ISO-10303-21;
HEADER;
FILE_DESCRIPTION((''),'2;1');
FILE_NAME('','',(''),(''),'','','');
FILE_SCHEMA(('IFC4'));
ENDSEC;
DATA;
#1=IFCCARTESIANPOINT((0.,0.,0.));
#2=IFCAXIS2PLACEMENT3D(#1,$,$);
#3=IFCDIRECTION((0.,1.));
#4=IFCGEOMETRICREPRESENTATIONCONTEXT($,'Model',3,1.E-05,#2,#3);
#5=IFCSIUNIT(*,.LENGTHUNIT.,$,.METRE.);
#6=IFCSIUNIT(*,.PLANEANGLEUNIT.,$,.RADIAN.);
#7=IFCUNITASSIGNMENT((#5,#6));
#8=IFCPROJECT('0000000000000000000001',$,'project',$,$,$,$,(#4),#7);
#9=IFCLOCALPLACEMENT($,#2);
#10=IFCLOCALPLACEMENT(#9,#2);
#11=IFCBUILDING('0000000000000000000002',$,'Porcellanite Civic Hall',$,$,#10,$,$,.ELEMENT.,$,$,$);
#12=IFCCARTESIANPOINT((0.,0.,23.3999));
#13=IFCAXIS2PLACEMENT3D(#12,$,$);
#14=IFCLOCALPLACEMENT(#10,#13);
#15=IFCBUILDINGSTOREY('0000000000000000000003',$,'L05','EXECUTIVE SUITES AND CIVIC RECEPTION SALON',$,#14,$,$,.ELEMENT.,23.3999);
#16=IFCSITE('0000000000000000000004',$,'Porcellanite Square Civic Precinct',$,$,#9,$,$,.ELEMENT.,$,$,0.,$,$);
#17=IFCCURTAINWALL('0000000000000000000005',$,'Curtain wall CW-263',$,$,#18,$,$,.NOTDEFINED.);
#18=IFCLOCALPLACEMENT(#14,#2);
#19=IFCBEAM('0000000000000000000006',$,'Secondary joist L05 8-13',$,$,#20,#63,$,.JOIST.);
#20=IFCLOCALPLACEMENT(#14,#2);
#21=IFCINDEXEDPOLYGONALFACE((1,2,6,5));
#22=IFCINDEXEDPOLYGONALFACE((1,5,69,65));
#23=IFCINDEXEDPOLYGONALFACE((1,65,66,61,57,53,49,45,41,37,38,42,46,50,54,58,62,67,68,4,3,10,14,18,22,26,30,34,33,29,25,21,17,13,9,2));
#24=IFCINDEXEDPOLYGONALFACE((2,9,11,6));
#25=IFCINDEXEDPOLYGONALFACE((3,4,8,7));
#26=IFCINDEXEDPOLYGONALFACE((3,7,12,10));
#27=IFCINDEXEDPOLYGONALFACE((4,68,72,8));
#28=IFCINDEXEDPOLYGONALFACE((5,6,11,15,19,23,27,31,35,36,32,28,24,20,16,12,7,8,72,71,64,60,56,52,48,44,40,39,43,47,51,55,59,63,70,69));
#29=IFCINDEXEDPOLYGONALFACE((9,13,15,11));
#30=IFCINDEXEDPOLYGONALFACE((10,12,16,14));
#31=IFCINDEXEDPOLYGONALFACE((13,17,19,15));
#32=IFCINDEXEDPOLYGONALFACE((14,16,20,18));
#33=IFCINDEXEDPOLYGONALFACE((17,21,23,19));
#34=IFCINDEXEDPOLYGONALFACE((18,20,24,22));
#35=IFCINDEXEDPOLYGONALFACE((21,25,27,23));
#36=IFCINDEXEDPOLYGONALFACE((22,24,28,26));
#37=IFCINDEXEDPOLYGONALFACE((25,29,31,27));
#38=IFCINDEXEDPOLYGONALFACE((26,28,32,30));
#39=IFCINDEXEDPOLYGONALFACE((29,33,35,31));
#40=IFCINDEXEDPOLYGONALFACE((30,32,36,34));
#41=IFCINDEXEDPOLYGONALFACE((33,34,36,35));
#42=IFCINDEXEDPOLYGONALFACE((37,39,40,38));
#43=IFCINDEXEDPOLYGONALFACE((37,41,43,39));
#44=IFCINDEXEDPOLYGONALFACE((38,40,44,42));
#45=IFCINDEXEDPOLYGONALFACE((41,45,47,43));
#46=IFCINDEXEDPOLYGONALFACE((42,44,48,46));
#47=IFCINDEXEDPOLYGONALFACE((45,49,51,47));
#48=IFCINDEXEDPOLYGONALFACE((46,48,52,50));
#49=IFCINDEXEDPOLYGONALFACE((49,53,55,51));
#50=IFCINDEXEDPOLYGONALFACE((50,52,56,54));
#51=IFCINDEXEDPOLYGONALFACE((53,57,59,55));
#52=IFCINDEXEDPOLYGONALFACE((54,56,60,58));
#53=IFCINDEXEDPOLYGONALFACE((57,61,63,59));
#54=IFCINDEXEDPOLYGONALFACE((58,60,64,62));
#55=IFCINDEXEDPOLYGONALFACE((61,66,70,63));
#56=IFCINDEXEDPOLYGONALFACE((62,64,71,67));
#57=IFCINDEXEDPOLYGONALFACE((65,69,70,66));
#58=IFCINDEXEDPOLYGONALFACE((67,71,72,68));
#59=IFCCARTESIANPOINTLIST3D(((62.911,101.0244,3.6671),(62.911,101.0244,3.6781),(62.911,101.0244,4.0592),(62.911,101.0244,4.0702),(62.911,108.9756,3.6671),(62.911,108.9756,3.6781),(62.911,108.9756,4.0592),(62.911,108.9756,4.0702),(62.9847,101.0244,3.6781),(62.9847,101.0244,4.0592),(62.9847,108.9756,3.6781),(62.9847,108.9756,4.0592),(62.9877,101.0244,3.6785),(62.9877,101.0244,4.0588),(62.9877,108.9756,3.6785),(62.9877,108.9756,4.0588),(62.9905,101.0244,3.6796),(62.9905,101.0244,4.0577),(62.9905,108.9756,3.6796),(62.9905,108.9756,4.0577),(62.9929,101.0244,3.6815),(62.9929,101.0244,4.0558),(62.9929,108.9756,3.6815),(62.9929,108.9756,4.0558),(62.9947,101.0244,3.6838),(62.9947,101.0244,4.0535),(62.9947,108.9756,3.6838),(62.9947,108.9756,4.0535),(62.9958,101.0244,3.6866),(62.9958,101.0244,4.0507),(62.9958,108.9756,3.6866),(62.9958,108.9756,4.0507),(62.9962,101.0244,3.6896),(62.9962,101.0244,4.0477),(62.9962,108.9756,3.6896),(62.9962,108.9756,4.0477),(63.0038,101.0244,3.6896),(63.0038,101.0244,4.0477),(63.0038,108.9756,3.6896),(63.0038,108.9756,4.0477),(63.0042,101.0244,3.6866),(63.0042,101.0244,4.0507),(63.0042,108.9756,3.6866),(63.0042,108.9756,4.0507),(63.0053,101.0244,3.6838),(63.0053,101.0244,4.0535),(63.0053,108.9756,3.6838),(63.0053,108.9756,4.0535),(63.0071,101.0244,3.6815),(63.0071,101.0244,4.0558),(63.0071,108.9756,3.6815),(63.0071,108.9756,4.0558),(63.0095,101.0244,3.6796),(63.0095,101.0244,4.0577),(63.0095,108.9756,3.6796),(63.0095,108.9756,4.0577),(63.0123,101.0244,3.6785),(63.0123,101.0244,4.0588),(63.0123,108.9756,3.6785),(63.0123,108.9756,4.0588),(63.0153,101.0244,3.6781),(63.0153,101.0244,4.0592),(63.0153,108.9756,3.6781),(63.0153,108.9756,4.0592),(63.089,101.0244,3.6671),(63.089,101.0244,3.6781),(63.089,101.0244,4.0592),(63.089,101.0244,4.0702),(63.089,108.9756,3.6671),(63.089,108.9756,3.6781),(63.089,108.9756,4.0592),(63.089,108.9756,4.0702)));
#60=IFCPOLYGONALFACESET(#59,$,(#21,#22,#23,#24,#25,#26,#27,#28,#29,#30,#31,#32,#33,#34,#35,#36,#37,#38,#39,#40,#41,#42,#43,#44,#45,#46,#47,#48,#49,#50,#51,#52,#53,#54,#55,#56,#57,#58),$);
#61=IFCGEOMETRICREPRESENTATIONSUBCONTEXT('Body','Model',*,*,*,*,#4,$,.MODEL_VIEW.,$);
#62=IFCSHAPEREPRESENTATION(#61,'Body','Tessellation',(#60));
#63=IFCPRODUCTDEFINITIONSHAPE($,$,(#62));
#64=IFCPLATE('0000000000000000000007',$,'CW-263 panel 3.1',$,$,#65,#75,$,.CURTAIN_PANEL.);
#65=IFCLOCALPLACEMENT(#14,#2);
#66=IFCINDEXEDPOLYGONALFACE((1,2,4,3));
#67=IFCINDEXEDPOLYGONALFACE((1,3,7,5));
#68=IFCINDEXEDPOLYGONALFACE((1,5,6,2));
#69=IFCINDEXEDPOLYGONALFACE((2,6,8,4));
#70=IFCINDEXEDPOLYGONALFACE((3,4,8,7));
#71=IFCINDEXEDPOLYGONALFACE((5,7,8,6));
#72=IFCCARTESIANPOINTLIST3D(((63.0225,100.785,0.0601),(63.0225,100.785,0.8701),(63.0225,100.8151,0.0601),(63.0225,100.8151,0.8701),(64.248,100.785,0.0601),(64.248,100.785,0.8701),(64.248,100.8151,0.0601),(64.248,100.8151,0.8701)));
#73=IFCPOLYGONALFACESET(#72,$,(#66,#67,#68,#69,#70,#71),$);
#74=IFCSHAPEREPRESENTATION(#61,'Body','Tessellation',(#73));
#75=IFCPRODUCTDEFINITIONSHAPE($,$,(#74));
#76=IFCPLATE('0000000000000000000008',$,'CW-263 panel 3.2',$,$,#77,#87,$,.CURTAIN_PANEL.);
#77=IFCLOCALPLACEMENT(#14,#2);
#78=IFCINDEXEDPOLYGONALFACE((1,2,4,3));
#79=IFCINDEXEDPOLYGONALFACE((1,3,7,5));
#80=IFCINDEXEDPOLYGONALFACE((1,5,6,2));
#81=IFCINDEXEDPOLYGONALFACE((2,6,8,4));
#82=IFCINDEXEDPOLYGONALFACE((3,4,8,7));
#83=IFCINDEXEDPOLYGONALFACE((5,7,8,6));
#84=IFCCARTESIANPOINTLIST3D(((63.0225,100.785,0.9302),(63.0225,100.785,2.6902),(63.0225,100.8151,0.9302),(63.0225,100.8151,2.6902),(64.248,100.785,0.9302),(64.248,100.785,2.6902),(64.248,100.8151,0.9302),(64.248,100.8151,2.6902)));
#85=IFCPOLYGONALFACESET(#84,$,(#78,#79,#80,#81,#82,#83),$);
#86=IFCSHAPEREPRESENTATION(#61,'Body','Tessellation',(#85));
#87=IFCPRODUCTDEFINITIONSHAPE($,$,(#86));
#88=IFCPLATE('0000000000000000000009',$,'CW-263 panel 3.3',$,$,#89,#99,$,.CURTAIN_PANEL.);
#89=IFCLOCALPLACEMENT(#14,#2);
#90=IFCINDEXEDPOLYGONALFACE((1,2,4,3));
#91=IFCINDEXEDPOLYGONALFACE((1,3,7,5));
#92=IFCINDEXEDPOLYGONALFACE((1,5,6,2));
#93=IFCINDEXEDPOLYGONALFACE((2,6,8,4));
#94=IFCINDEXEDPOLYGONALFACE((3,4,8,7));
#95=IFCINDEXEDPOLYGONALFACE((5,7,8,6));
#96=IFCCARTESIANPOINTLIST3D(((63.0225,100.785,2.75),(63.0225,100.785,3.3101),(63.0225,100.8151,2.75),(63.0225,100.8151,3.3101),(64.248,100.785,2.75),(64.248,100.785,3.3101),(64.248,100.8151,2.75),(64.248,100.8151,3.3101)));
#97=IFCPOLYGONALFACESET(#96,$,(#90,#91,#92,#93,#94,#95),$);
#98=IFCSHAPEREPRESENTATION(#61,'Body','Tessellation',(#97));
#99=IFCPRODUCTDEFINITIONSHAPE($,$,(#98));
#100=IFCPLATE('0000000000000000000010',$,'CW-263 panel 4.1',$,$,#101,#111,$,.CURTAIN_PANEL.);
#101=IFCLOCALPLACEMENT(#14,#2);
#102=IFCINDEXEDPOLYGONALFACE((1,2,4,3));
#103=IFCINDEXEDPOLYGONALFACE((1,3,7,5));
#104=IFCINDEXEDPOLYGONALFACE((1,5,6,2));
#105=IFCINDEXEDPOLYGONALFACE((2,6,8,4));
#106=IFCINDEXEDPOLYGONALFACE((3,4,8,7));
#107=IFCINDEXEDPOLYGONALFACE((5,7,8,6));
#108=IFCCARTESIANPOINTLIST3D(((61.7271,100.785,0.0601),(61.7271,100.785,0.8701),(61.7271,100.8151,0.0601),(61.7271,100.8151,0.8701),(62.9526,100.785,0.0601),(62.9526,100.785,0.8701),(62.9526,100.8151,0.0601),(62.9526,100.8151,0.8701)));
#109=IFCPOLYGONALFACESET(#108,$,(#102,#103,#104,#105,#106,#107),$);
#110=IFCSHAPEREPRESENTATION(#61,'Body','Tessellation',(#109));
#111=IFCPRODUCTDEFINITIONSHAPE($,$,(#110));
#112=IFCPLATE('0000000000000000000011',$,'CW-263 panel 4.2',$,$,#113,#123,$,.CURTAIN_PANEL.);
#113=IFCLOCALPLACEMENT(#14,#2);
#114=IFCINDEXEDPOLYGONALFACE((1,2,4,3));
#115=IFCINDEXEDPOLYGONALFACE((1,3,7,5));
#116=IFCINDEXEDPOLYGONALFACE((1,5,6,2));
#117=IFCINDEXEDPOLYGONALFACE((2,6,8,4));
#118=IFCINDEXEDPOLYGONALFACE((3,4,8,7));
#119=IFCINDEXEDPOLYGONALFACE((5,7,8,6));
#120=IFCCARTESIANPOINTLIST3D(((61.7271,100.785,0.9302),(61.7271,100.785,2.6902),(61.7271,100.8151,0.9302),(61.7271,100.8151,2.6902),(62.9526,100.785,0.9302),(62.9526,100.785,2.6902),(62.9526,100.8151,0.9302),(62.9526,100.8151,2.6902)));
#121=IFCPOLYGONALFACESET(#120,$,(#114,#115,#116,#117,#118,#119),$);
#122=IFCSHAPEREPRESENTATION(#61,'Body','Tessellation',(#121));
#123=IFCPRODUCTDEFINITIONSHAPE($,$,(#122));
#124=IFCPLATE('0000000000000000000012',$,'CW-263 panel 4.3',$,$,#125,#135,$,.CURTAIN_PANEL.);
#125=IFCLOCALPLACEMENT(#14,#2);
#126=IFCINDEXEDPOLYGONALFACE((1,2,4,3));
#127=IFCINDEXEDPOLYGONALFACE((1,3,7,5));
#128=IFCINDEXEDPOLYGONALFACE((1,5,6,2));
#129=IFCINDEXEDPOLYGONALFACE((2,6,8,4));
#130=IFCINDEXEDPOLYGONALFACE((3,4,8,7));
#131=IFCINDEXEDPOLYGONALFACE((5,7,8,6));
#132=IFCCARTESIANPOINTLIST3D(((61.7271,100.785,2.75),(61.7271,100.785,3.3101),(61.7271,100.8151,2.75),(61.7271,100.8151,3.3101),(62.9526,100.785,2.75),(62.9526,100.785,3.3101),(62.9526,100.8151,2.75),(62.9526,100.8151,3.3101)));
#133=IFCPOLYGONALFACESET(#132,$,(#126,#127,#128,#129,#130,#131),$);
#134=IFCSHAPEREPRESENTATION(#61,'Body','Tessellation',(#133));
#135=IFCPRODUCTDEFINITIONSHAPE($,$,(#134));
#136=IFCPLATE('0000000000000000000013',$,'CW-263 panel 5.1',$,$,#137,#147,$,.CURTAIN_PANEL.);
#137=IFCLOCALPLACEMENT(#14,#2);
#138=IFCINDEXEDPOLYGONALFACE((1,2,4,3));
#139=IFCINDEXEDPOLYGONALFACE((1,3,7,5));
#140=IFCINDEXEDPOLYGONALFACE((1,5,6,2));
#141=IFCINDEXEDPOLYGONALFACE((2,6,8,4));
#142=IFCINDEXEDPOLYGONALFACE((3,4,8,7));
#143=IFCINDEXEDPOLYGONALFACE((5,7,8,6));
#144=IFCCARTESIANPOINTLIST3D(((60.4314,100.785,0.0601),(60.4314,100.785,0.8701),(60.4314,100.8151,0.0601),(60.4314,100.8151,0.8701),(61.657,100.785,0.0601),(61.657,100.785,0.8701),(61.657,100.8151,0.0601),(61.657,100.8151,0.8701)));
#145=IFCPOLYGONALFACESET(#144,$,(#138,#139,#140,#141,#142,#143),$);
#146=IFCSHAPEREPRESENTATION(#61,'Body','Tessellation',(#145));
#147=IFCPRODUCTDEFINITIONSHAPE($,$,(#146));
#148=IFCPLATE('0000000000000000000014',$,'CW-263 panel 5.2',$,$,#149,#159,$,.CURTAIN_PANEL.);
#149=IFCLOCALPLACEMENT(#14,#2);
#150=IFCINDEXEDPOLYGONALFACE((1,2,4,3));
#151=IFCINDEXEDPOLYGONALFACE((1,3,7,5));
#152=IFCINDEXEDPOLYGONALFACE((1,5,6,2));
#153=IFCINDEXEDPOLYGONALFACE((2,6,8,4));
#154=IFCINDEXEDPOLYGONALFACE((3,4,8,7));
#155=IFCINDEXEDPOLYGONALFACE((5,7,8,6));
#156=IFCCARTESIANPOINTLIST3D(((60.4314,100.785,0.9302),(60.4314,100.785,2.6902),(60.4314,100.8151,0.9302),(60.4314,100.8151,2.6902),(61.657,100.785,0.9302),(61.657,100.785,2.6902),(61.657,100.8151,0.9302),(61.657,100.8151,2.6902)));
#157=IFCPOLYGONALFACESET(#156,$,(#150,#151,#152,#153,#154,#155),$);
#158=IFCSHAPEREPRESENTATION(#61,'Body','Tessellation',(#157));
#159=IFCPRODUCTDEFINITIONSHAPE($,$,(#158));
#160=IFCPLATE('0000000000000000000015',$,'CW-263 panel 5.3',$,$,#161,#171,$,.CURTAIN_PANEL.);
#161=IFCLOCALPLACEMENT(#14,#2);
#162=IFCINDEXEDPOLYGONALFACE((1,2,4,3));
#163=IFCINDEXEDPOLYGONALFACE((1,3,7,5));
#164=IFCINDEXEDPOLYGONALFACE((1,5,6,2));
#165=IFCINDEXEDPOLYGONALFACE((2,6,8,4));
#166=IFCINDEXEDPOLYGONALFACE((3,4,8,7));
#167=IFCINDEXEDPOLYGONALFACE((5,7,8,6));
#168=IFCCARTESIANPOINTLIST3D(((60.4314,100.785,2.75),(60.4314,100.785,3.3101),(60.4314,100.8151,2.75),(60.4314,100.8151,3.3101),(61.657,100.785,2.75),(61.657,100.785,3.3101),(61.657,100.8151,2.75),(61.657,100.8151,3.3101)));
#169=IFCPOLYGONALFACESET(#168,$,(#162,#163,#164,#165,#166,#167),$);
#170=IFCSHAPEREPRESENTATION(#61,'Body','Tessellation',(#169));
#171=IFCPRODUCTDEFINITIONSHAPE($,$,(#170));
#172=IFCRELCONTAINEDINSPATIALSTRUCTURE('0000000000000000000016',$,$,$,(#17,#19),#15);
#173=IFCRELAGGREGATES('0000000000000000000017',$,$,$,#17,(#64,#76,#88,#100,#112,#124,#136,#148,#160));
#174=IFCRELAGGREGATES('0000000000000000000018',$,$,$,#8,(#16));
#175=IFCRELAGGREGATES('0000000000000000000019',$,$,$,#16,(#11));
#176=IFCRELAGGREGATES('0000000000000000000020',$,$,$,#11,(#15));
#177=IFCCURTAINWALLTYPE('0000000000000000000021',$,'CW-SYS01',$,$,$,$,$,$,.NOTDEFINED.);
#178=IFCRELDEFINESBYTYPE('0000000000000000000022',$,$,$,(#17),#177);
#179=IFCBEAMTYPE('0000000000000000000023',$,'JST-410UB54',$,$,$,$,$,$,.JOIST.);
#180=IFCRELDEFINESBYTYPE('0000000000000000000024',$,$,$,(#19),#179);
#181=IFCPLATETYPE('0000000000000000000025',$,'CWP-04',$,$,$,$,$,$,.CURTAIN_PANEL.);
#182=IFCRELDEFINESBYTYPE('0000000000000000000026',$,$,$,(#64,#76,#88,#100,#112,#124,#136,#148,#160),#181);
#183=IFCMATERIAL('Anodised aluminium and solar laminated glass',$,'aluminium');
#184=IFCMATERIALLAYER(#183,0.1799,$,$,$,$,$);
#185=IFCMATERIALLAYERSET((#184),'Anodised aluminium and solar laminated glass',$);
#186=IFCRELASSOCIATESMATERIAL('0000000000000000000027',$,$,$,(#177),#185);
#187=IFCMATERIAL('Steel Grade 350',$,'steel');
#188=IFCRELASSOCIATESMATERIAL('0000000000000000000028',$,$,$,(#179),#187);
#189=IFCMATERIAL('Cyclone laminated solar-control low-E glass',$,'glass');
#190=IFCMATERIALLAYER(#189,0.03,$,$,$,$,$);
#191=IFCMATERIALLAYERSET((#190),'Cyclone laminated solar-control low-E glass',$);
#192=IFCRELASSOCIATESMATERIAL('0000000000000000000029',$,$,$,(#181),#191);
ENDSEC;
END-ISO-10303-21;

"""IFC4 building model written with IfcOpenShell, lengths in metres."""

from ifc_helpers import new_model, si_unit, direction, frame, origin, origin_2d, place, context, subcontext, project, spatial, rectangle, i_section, extrude, material, layer, layer_set, material_profile, profile_set, type_object, element, aggregate, save


model = new_model("IFC4")

# Units and contexts
model_context = context("Model", 3, precision=1e-05, world=origin(), true_north=direction((0.0, 1.0)))
body_context = subcontext(model_context, "Body", "Model", "MODEL_VIEW")
ifc_project = project(units=[si_unit("LENGTHUNIT", "METRE"), si_unit("PLANEANGLEUNIT", "RADIAN")], contexts=[model_context])

# Site, building, storey
site_placement = place(None, origin())
site = spatial("IfcSite", under=ifc_project, at=site_placement, Name="Porcellanite Square Civic Precinct", CompositionType="ELEMENT", RefElevation=0.0)
building_placement = place(site_placement, origin())
building = spatial("IfcBuilding", under=site, at=building_placement, Name="Porcellanite Civic Hall", CompositionType="ELEMENT")
storey_placement = place(building_placement, frame((0.0, 0.0, 23.3999)))
storey = spatial("IfcBuildingStorey", under=building, at=storey_placement, Name="L05", Description="EXECUTIVE SUITES AND CIVIC RECEPTION SALON", CompositionType="ELEMENT", Elevation=23.3999)

# Curtain wall
ifc_material_1 = material(Name="Anodised aluminium and solar laminated glass", Category="aluminium")
ifc_layer_1 = layer(ifc_material_1, 0.1799)
ifc_layer_set_1 = layer_set([ifc_layer_1], Name="Anodised aluminium and solar laminated glass")
curtain_wall_type = type_object("IfcCurtainWallType", Name="CW-SYS01", PredefinedType="NOTDEFINED", material=ifc_layer_set_1)
curtain_wall_placement = place(storey_placement, origin())
curtain_wall = element("IfcCurtainWall", 1, at=curtain_wall_placement, inside=storey, type_object=curtain_wall_type, Name="Curtain wall CW-263", PredefinedType="NOTDEFINED")

# Beam
ifc_material_2 = material(Name="Steel Grade 350", Category="steel")
ifc_material_profile_1 = material_profile(ifc_material_2, i_section(OverallWidth=0.178, OverallDepth=0.4031, WebThickness=0.0076, FlangeThickness=0.011, FilletRadius=0.0115, at=origin_2d()), Name="410UB53.7")
ifc_profile_set_1 = profile_set([ifc_material_profile_1], Name="Steel Grade 350")
beam_type = type_object("IfcBeamType", Name="JST-410UB54", PredefinedType="JOIST", material=ifc_profile_set_1)
beam_placement = place(storey_placement, frame((63.0, 101.0244, 3.8687), z_axis=(0.0, 1.0, 0.0), x_axis=(-1.0, 0.0, 0.0)))
element("IfcBeam", 2, at=beam_placement, inside=storey, type_object=beam_type, Name="Secondary joist L05 8-13", PredefinedType="JOIST", context=body_context, shape_type="SweptSolid", body=[
    extrude(i_section(OverallWidth=0.178, OverallDepth=0.4031, WebThickness=0.0076, FlangeThickness=0.011, FilletRadius=0.0115, at=origin_2d()), origin(), (0.0, 0.0, 1.0), 7.9512),
])

# Plates
ifc_material_3 = material(Name="Cyclone laminated solar-control low-E glass", Category="glass")
ifc_layer_2 = layer(ifc_material_3, 0.03)
ifc_layer_set_2 = layer_set([ifc_layer_2], Name="Cyclone laminated solar-control low-E glass")
plate_type = type_object("IfcPlateType", Name="CWP-04", PredefinedType="CURTAIN_PANEL", material=ifc_layer_set_2)
plate_1_placement = place(storey_placement, frame((63.6353, 100.8, 0.0601), z_axis=(0.0, 0.0, 1.0), x_axis=(-1.0, 0.0, 0.0)))
plate_1 = element("IfcPlate", 3, at=plate_1_placement, type_object=plate_type, Name="CW-263 panel 3.1", PredefinedType="CURTAIN_PANEL", context=body_context, shape_type="SweptSolid", body=[
    extrude(rectangle(XDim=1.2256, YDim=0.03, at=origin_2d()), origin(), (0.0, 0.0, 1.0), 0.8101),
])
plate_2_placement = place(storey_placement, frame((63.6353, 100.8, 0.9302), z_axis=(0.0, 0.0, 1.0), x_axis=(-1.0, 0.0, 0.0)))
plate_2 = element("IfcPlate", 4, at=plate_2_placement, type_object=plate_type, Name="CW-263 panel 3.2", PredefinedType="CURTAIN_PANEL", context=body_context, shape_type="SweptSolid", body=[
    extrude(rectangle(XDim=1.2256, YDim=0.03, at=origin_2d()), origin(), (0.0, 0.0, 1.0), 1.76),
])
plate_3_placement = place(storey_placement, frame((63.6353, 100.8, 2.75), z_axis=(0.0, 0.0, 1.0), x_axis=(-1.0, 0.0, 0.0)))
plate_3 = element("IfcPlate", 5, at=plate_3_placement, type_object=plate_type, Name="CW-263 panel 3.3", PredefinedType="CURTAIN_PANEL", context=body_context, shape_type="SweptSolid", body=[
    extrude(rectangle(XDim=1.2256, YDim=0.03, at=origin_2d()), origin(), (0.0, 0.0, 1.0), 0.5601),
])
plate_4_placement = place(storey_placement, frame((62.3398, 100.8, 0.0601), z_axis=(0.0, 0.0, 1.0), x_axis=(-1.0, 0.0, 0.0)))
plate_4 = element("IfcPlate", 6, at=plate_4_placement, type_object=plate_type, Name="CW-263 panel 4.1", PredefinedType="CURTAIN_PANEL", context=body_context, shape_type="SweptSolid", body=[
    extrude(rectangle(XDim=1.2256, YDim=0.03, at=origin_2d()), origin(), (0.0, 0.0, 1.0), 0.8101),
])
plate_5_placement = place(storey_placement, frame((62.3398, 100.8, 0.9302), z_axis=(0.0, 0.0, 1.0), x_axis=(-1.0, 0.0, 0.0)))
plate_5 = element("IfcPlate", 7, at=plate_5_placement, type_object=plate_type, Name="CW-263 panel 4.2", PredefinedType="CURTAIN_PANEL", context=body_context, shape_type="SweptSolid", body=[
    extrude(rectangle(XDim=1.2256, YDim=0.03, at=origin_2d()), origin(), (0.0, 0.0, 1.0), 1.76),
])
plate_6_placement = place(storey_placement, frame((62.3398, 100.8, 2.75), z_axis=(0.0, 0.0, 1.0), x_axis=(-1.0, 0.0, 0.0)))
plate_6 = element("IfcPlate", 8, at=plate_6_placement, type_object=plate_type, Name="CW-263 panel 4.3", PredefinedType="CURTAIN_PANEL", context=body_context, shape_type="SweptSolid", body=[
    extrude(rectangle(XDim=1.2256, YDim=0.03, at=origin_2d()), origin(), (0.0, 0.0, 1.0), 0.5601),
])
plate_7_placement = place(storey_placement, frame((61.0442, 100.8, 0.0601), z_axis=(0.0, 0.0, 1.0), x_axis=(-1.0, 0.0, 0.0)))
plate_7 = element("IfcPlate", 9, at=plate_7_placement, type_object=plate_type, Name="CW-263 panel 5.1", PredefinedType="CURTAIN_PANEL", context=body_context, shape_type="SweptSolid", body=[
    extrude(rectangle(XDim=1.2256, YDim=0.03, at=origin_2d()), origin(), (0.0, 0.0, 1.0), 0.8101),
])
plate_8_placement = place(storey_placement, frame((61.0442, 100.8, 0.9302), z_axis=(0.0, 0.0, 1.0), x_axis=(-1.0, 0.0, 0.0)))
plate_8 = element("IfcPlate", 10, at=plate_8_placement, type_object=plate_type, Name="CW-263 panel 5.2", PredefinedType="CURTAIN_PANEL", context=body_context, shape_type="SweptSolid", body=[
    extrude(rectangle(XDim=1.2256, YDim=0.03, at=origin_2d()), origin(), (0.0, 0.0, 1.0), 1.76),
])
plate_9_placement = place(storey_placement, frame((61.0442, 100.8, 2.75), z_axis=(0.0, 0.0, 1.0), x_axis=(-1.0, 0.0, 0.0)))
plate_9 = element("IfcPlate", 11, at=plate_9_placement, type_object=plate_type, Name="CW-263 panel 5.3", PredefinedType="CURTAIN_PANEL", context=body_context, shape_type="SweptSolid", body=[
    extrude(rectangle(XDim=1.2256, YDim=0.03, at=origin_2d()), origin(), (0.0, 0.0, 1.0), 0.5601),
])
aggregate(curtain_wall, [plate_1, plate_2, plate_3, plate_4, plate_5, plate_6, plate_7, plate_8, plate_9])

save(model, "model.ifc")
